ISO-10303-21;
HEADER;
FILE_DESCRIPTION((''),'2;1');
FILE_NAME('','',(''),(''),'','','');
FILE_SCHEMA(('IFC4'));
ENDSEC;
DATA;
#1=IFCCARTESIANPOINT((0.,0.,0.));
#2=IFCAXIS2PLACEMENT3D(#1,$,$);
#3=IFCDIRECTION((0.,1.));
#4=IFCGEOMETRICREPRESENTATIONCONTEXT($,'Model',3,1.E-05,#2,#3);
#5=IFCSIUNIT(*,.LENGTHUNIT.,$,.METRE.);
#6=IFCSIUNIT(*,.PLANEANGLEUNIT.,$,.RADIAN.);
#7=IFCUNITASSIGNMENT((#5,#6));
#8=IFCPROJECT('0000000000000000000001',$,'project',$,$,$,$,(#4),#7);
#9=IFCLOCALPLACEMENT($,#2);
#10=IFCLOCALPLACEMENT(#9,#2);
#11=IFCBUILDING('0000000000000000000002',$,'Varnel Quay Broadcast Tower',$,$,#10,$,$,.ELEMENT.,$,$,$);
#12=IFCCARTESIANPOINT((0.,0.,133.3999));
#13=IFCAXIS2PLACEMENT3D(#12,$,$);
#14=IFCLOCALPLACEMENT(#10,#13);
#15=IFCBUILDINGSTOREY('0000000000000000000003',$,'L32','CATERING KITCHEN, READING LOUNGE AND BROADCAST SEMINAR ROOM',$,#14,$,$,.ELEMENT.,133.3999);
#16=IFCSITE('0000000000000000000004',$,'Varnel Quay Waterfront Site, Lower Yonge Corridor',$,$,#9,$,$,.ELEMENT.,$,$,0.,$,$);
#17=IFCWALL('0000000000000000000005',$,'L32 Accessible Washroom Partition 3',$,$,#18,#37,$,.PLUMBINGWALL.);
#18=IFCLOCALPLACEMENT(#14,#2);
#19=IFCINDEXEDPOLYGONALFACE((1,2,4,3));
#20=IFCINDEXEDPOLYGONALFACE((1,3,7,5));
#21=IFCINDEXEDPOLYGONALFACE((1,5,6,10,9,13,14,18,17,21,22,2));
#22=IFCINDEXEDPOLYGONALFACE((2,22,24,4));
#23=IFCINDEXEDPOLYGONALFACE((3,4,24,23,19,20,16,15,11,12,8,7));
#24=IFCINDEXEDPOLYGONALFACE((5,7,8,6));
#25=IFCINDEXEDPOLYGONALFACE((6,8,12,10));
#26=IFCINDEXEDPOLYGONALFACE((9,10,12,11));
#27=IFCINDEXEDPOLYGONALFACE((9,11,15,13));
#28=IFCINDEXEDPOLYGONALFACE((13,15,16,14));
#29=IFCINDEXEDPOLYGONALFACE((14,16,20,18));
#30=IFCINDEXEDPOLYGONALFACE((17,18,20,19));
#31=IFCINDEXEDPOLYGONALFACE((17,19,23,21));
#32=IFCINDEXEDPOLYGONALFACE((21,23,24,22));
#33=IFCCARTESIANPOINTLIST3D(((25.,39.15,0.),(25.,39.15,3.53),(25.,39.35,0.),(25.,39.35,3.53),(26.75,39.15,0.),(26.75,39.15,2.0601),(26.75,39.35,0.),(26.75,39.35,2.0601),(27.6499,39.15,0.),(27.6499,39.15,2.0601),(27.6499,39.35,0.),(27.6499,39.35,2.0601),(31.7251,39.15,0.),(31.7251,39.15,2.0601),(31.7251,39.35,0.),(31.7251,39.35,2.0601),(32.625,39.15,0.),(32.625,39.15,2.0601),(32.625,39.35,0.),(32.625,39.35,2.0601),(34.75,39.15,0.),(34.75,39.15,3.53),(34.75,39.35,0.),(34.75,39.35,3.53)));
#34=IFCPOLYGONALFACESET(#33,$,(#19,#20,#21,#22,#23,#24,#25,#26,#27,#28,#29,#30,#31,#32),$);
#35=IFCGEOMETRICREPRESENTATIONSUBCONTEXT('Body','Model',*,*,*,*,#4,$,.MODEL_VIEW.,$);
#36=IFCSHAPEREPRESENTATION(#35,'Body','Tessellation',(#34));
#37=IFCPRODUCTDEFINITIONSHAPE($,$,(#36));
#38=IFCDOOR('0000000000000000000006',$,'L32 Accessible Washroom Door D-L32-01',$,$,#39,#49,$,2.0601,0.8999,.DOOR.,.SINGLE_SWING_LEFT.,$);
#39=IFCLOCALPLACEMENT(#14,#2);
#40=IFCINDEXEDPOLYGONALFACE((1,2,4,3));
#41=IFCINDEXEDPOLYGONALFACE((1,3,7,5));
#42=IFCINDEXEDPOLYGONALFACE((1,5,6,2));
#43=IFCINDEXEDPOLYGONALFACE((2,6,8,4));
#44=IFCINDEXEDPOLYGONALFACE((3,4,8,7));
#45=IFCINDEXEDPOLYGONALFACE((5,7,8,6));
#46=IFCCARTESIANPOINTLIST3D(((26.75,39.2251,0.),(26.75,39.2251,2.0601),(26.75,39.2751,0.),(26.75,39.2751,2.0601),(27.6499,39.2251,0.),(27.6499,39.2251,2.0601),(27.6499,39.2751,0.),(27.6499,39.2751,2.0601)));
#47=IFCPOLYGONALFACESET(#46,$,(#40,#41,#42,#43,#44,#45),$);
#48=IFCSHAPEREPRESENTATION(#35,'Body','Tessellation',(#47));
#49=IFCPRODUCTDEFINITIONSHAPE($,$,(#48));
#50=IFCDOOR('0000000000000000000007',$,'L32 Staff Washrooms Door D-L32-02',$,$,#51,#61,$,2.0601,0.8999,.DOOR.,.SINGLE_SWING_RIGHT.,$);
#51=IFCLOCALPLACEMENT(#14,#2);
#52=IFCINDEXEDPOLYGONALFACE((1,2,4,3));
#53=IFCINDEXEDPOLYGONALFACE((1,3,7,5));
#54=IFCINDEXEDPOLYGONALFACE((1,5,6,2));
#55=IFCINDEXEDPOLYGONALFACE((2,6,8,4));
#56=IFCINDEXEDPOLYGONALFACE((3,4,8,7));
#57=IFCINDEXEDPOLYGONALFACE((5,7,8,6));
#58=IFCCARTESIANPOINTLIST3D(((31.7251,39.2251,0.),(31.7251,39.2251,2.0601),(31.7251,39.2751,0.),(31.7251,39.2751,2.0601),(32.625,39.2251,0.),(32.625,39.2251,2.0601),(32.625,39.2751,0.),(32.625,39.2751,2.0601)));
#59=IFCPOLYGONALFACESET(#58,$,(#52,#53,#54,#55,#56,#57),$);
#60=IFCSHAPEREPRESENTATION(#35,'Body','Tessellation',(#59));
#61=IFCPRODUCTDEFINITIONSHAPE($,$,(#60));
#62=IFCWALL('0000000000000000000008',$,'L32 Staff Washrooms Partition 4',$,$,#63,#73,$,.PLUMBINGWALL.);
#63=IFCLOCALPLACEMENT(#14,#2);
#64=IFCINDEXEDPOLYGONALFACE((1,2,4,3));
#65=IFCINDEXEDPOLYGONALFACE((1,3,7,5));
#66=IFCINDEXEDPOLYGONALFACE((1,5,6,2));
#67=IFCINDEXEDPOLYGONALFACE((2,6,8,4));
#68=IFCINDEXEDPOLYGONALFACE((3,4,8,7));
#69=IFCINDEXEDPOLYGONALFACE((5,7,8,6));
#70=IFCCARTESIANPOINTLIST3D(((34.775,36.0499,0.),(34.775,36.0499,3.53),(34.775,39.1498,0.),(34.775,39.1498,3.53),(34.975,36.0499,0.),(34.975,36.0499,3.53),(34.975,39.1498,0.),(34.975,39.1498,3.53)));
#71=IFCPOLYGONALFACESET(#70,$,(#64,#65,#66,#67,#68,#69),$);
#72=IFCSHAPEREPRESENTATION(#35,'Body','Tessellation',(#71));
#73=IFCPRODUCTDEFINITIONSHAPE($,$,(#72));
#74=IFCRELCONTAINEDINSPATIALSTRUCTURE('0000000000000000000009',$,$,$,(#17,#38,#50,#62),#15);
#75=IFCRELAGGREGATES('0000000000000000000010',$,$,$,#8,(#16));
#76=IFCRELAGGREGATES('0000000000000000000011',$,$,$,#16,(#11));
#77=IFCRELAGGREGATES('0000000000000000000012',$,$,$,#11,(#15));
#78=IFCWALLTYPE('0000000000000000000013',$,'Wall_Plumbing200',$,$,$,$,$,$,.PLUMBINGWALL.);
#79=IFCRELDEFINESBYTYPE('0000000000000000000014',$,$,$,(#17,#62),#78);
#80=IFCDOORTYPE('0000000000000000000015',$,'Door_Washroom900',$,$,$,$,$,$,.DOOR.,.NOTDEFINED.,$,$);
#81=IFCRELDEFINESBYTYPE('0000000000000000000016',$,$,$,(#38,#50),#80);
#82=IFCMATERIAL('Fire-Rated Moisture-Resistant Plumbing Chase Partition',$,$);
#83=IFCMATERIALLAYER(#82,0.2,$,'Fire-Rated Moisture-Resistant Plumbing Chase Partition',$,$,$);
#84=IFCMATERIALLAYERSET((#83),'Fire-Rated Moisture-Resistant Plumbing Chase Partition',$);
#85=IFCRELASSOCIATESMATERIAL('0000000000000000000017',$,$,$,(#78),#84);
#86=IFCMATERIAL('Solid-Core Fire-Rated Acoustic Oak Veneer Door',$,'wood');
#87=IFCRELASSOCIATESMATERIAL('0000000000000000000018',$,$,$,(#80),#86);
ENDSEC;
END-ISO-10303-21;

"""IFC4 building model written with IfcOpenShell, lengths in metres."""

from ifc_helpers import new_model, si_unit, direction, frame, frame_2d, origin, place, context, subcontext, project, spatial, rectangle, extrude, source, transform, mapped, material, layer, layer_set, type_object, type_shapes, element, fill, save


model = new_model("IFC4")

# Units and contexts
model_context = context("Model", 3, precision=1e-05, world=origin(), true_north=direction((0.0, 1.0)))
body_context = subcontext(model_context, "Body", "Model", "MODEL_VIEW")
ifc_project = project(units=[si_unit("LENGTHUNIT", "METRE"), si_unit("PLANEANGLEUNIT", "RADIAN")], contexts=[model_context])

# Site, building, storey
site_placement = place(None, origin())
site = spatial("IfcSite", under=ifc_project, at=site_placement, Name="Varnel Quay Waterfront Site, Lower Yonge Corridor", CompositionType="ELEMENT", RefElevation=0.0)
building_placement = place(site_placement, origin())
building = spatial("IfcBuilding", under=site, at=building_placement, Name="Varnel Quay Broadcast Tower", CompositionType="ELEMENT")
storey_placement = place(building_placement, frame((0.0, 0.0, 133.3999)))
storey = spatial("IfcBuildingStorey", under=building, at=storey_placement, Name="L32", Description="CATERING KITCHEN, READING LOUNGE AND BROADCAST SEMINAR ROOM", CompositionType="ELEMENT", Elevation=133.3999)

# Shared definitions
ifc_material_1 = material(Name="Fire-Rated Moisture-Resistant Plumbing Chase Partition")
ifc_layer_1 = layer(ifc_material_1, 0.2, Name="Fire-Rated Moisture-Resistant Plumbing Chase Partition")
ifc_layer_set_1 = layer_set([ifc_layer_1], Name="Fire-Rated Moisture-Resistant Plumbing Chase Partition")
wall_type_1 = type_object("IfcWallType", Name="Wall_Plumbing200", PredefinedType="PLUMBINGWALL", material=ifc_layer_set_1)

# Wall, openings, doors
wall_1_placement = place(storey_placement, frame((25.0, 39.25, 0.0), z_axis=(0.0, 0.0, 1.0), x_axis=(1.0, 0.0, 0.0)))
wall_1 = element("IfcWall", 1, at=wall_1_placement, inside=storey, type_object=wall_type_1, Name="L32 Accessible Washroom Partition 3", PredefinedType="PLUMBINGWALL", context=body_context, shape_type="SweptSolid", body=[
    extrude(rectangle(XDim=9.75, YDim=0.2, at=frame_2d((4.875, 0.0))), origin(), (0.0, 0.0, 1.0), 3.53),
])
opening_1_placement = place(wall_1_placement, frame((1.75, 0.0, 0.0)))
opening_1 = element("IfcOpeningElement", 2, at=opening_1_placement, cuts=wall_1, PredefinedType="OPENING", context=body_context, shape_type="SweptSolid", body=[
    extrude(rectangle(XDim=0.8999, YDim=2.0601, at=frame_2d((0.45, 1.03))), frame((0.0, 0.1099, 0.0), z_axis=(0.0, -1.0, 0.0), x_axis=(1.0, 0.0, 0.0)), (0.0, 0.0, 1.0), 0.22),
])
opening_2_placement = place(wall_1_placement, frame((6.7251, 0.0, 0.0)))
opening_2 = element("IfcOpeningElement", 3, at=opening_2_placement, cuts=wall_1, PredefinedType="OPENING", context=body_context, shape_type="SweptSolid", body=[
    extrude(rectangle(XDim=0.8999, YDim=2.0601, at=frame_2d((0.45, 1.03))), frame((0.0, 0.1099, 0.0), z_axis=(0.0, -1.0, 0.0), x_axis=(1.0, 0.0, 0.0)), (0.0, 0.0, 1.0), 0.22),
])
ifc_material_2 = material(Name="Solid-Core Fire-Rated Acoustic Oak Veneer Door", Category="wood")
door_type_1 = type_object("IfcDoorType", Name="Door_Washroom900", OperationType="NOTDEFINED", PredefinedType="DOOR", material=ifc_material_2)
shared_shape_1 = source(origin(), body_context, "Body", "SweptSolid", [
    extrude(rectangle(XDim=0.8999, YDim=2.0601, at=frame_2d((0.45, 1.03))), frame((0.0, 0.0249, 0.0), z_axis=(0.0, -1.0, 0.0), x_axis=(1.0, 0.0, 0.0)), (0.0, 0.0, 1.0), 0.05),
])
type_shapes(door_type_1, [shared_shape_1])
door_1_placement = place(opening_1_placement, frame((0.8999, 0.0, 0.0), z_axis=(0.0, 0.0, 1.0), x_axis=(-1.0, 0.0, 0.0)))
door_1 = element("IfcDoor", 4, at=door_1_placement, inside=storey, type_object=door_type_1, Name="L32 Accessible Washroom Door D-L32-01", OperationType="SINGLE_SWING_LEFT", OverallHeight=2.0601, OverallWidth=0.8999, PredefinedType="DOOR", context=body_context, shape_type="MappedRepresentation", body=[
    mapped(shared_shape_1, transform((0.0, 0.0, 0.0), x_axis=(1.0, 0.0, 0.0), y_axis=(0.0, 1.0, 0.0), z_axis=(0.0, 0.0, 1.0), scale=1.0)),
])
fill(opening_1, door_1)
door_2_placement = place(opening_2_placement, frame((0.8999, 0.0, 0.0), z_axis=(0.0, 0.0, 1.0), x_axis=(-1.0, 0.0, 0.0)))
door_2 = element("IfcDoor", 5, at=door_2_placement, inside=storey, type_object=door_type_1, Name="L32 Staff Washrooms Door D-L32-02", OperationType="SINGLE_SWING_RIGHT", OverallHeight=2.0601, OverallWidth=0.8999, PredefinedType="DOOR", context=body_context, shape_type="MappedRepresentation", body=[
    mapped(shared_shape_1, transform((0.0, 0.0, 0.0), x_axis=(1.0, 0.0, 0.0), y_axis=(0.0, 1.0, 0.0), z_axis=(0.0, 0.0, 1.0), scale=1.0)),
])
fill(opening_2, door_2)

# Wall
wall_2_placement = place(storey_placement, frame((34.875, 36.05, 0.0), z_axis=(0.0, 0.0, 1.0), x_axis=(0.0, 1.0, 0.0)))
element("IfcWall", 6, at=wall_2_placement, inside=storey, type_object=wall_type_1, Name="L32 Staff Washrooms Partition 4", PredefinedType="PLUMBINGWALL", context=body_context, shape_type="SweptSolid", body=[
    extrude(rectangle(XDim=3.0999, YDim=0.2, at=frame_2d((1.5498, 0.0))), origin(), (0.0, 0.0, 1.0), 3.53),
])

save(model, "model.ifc")
